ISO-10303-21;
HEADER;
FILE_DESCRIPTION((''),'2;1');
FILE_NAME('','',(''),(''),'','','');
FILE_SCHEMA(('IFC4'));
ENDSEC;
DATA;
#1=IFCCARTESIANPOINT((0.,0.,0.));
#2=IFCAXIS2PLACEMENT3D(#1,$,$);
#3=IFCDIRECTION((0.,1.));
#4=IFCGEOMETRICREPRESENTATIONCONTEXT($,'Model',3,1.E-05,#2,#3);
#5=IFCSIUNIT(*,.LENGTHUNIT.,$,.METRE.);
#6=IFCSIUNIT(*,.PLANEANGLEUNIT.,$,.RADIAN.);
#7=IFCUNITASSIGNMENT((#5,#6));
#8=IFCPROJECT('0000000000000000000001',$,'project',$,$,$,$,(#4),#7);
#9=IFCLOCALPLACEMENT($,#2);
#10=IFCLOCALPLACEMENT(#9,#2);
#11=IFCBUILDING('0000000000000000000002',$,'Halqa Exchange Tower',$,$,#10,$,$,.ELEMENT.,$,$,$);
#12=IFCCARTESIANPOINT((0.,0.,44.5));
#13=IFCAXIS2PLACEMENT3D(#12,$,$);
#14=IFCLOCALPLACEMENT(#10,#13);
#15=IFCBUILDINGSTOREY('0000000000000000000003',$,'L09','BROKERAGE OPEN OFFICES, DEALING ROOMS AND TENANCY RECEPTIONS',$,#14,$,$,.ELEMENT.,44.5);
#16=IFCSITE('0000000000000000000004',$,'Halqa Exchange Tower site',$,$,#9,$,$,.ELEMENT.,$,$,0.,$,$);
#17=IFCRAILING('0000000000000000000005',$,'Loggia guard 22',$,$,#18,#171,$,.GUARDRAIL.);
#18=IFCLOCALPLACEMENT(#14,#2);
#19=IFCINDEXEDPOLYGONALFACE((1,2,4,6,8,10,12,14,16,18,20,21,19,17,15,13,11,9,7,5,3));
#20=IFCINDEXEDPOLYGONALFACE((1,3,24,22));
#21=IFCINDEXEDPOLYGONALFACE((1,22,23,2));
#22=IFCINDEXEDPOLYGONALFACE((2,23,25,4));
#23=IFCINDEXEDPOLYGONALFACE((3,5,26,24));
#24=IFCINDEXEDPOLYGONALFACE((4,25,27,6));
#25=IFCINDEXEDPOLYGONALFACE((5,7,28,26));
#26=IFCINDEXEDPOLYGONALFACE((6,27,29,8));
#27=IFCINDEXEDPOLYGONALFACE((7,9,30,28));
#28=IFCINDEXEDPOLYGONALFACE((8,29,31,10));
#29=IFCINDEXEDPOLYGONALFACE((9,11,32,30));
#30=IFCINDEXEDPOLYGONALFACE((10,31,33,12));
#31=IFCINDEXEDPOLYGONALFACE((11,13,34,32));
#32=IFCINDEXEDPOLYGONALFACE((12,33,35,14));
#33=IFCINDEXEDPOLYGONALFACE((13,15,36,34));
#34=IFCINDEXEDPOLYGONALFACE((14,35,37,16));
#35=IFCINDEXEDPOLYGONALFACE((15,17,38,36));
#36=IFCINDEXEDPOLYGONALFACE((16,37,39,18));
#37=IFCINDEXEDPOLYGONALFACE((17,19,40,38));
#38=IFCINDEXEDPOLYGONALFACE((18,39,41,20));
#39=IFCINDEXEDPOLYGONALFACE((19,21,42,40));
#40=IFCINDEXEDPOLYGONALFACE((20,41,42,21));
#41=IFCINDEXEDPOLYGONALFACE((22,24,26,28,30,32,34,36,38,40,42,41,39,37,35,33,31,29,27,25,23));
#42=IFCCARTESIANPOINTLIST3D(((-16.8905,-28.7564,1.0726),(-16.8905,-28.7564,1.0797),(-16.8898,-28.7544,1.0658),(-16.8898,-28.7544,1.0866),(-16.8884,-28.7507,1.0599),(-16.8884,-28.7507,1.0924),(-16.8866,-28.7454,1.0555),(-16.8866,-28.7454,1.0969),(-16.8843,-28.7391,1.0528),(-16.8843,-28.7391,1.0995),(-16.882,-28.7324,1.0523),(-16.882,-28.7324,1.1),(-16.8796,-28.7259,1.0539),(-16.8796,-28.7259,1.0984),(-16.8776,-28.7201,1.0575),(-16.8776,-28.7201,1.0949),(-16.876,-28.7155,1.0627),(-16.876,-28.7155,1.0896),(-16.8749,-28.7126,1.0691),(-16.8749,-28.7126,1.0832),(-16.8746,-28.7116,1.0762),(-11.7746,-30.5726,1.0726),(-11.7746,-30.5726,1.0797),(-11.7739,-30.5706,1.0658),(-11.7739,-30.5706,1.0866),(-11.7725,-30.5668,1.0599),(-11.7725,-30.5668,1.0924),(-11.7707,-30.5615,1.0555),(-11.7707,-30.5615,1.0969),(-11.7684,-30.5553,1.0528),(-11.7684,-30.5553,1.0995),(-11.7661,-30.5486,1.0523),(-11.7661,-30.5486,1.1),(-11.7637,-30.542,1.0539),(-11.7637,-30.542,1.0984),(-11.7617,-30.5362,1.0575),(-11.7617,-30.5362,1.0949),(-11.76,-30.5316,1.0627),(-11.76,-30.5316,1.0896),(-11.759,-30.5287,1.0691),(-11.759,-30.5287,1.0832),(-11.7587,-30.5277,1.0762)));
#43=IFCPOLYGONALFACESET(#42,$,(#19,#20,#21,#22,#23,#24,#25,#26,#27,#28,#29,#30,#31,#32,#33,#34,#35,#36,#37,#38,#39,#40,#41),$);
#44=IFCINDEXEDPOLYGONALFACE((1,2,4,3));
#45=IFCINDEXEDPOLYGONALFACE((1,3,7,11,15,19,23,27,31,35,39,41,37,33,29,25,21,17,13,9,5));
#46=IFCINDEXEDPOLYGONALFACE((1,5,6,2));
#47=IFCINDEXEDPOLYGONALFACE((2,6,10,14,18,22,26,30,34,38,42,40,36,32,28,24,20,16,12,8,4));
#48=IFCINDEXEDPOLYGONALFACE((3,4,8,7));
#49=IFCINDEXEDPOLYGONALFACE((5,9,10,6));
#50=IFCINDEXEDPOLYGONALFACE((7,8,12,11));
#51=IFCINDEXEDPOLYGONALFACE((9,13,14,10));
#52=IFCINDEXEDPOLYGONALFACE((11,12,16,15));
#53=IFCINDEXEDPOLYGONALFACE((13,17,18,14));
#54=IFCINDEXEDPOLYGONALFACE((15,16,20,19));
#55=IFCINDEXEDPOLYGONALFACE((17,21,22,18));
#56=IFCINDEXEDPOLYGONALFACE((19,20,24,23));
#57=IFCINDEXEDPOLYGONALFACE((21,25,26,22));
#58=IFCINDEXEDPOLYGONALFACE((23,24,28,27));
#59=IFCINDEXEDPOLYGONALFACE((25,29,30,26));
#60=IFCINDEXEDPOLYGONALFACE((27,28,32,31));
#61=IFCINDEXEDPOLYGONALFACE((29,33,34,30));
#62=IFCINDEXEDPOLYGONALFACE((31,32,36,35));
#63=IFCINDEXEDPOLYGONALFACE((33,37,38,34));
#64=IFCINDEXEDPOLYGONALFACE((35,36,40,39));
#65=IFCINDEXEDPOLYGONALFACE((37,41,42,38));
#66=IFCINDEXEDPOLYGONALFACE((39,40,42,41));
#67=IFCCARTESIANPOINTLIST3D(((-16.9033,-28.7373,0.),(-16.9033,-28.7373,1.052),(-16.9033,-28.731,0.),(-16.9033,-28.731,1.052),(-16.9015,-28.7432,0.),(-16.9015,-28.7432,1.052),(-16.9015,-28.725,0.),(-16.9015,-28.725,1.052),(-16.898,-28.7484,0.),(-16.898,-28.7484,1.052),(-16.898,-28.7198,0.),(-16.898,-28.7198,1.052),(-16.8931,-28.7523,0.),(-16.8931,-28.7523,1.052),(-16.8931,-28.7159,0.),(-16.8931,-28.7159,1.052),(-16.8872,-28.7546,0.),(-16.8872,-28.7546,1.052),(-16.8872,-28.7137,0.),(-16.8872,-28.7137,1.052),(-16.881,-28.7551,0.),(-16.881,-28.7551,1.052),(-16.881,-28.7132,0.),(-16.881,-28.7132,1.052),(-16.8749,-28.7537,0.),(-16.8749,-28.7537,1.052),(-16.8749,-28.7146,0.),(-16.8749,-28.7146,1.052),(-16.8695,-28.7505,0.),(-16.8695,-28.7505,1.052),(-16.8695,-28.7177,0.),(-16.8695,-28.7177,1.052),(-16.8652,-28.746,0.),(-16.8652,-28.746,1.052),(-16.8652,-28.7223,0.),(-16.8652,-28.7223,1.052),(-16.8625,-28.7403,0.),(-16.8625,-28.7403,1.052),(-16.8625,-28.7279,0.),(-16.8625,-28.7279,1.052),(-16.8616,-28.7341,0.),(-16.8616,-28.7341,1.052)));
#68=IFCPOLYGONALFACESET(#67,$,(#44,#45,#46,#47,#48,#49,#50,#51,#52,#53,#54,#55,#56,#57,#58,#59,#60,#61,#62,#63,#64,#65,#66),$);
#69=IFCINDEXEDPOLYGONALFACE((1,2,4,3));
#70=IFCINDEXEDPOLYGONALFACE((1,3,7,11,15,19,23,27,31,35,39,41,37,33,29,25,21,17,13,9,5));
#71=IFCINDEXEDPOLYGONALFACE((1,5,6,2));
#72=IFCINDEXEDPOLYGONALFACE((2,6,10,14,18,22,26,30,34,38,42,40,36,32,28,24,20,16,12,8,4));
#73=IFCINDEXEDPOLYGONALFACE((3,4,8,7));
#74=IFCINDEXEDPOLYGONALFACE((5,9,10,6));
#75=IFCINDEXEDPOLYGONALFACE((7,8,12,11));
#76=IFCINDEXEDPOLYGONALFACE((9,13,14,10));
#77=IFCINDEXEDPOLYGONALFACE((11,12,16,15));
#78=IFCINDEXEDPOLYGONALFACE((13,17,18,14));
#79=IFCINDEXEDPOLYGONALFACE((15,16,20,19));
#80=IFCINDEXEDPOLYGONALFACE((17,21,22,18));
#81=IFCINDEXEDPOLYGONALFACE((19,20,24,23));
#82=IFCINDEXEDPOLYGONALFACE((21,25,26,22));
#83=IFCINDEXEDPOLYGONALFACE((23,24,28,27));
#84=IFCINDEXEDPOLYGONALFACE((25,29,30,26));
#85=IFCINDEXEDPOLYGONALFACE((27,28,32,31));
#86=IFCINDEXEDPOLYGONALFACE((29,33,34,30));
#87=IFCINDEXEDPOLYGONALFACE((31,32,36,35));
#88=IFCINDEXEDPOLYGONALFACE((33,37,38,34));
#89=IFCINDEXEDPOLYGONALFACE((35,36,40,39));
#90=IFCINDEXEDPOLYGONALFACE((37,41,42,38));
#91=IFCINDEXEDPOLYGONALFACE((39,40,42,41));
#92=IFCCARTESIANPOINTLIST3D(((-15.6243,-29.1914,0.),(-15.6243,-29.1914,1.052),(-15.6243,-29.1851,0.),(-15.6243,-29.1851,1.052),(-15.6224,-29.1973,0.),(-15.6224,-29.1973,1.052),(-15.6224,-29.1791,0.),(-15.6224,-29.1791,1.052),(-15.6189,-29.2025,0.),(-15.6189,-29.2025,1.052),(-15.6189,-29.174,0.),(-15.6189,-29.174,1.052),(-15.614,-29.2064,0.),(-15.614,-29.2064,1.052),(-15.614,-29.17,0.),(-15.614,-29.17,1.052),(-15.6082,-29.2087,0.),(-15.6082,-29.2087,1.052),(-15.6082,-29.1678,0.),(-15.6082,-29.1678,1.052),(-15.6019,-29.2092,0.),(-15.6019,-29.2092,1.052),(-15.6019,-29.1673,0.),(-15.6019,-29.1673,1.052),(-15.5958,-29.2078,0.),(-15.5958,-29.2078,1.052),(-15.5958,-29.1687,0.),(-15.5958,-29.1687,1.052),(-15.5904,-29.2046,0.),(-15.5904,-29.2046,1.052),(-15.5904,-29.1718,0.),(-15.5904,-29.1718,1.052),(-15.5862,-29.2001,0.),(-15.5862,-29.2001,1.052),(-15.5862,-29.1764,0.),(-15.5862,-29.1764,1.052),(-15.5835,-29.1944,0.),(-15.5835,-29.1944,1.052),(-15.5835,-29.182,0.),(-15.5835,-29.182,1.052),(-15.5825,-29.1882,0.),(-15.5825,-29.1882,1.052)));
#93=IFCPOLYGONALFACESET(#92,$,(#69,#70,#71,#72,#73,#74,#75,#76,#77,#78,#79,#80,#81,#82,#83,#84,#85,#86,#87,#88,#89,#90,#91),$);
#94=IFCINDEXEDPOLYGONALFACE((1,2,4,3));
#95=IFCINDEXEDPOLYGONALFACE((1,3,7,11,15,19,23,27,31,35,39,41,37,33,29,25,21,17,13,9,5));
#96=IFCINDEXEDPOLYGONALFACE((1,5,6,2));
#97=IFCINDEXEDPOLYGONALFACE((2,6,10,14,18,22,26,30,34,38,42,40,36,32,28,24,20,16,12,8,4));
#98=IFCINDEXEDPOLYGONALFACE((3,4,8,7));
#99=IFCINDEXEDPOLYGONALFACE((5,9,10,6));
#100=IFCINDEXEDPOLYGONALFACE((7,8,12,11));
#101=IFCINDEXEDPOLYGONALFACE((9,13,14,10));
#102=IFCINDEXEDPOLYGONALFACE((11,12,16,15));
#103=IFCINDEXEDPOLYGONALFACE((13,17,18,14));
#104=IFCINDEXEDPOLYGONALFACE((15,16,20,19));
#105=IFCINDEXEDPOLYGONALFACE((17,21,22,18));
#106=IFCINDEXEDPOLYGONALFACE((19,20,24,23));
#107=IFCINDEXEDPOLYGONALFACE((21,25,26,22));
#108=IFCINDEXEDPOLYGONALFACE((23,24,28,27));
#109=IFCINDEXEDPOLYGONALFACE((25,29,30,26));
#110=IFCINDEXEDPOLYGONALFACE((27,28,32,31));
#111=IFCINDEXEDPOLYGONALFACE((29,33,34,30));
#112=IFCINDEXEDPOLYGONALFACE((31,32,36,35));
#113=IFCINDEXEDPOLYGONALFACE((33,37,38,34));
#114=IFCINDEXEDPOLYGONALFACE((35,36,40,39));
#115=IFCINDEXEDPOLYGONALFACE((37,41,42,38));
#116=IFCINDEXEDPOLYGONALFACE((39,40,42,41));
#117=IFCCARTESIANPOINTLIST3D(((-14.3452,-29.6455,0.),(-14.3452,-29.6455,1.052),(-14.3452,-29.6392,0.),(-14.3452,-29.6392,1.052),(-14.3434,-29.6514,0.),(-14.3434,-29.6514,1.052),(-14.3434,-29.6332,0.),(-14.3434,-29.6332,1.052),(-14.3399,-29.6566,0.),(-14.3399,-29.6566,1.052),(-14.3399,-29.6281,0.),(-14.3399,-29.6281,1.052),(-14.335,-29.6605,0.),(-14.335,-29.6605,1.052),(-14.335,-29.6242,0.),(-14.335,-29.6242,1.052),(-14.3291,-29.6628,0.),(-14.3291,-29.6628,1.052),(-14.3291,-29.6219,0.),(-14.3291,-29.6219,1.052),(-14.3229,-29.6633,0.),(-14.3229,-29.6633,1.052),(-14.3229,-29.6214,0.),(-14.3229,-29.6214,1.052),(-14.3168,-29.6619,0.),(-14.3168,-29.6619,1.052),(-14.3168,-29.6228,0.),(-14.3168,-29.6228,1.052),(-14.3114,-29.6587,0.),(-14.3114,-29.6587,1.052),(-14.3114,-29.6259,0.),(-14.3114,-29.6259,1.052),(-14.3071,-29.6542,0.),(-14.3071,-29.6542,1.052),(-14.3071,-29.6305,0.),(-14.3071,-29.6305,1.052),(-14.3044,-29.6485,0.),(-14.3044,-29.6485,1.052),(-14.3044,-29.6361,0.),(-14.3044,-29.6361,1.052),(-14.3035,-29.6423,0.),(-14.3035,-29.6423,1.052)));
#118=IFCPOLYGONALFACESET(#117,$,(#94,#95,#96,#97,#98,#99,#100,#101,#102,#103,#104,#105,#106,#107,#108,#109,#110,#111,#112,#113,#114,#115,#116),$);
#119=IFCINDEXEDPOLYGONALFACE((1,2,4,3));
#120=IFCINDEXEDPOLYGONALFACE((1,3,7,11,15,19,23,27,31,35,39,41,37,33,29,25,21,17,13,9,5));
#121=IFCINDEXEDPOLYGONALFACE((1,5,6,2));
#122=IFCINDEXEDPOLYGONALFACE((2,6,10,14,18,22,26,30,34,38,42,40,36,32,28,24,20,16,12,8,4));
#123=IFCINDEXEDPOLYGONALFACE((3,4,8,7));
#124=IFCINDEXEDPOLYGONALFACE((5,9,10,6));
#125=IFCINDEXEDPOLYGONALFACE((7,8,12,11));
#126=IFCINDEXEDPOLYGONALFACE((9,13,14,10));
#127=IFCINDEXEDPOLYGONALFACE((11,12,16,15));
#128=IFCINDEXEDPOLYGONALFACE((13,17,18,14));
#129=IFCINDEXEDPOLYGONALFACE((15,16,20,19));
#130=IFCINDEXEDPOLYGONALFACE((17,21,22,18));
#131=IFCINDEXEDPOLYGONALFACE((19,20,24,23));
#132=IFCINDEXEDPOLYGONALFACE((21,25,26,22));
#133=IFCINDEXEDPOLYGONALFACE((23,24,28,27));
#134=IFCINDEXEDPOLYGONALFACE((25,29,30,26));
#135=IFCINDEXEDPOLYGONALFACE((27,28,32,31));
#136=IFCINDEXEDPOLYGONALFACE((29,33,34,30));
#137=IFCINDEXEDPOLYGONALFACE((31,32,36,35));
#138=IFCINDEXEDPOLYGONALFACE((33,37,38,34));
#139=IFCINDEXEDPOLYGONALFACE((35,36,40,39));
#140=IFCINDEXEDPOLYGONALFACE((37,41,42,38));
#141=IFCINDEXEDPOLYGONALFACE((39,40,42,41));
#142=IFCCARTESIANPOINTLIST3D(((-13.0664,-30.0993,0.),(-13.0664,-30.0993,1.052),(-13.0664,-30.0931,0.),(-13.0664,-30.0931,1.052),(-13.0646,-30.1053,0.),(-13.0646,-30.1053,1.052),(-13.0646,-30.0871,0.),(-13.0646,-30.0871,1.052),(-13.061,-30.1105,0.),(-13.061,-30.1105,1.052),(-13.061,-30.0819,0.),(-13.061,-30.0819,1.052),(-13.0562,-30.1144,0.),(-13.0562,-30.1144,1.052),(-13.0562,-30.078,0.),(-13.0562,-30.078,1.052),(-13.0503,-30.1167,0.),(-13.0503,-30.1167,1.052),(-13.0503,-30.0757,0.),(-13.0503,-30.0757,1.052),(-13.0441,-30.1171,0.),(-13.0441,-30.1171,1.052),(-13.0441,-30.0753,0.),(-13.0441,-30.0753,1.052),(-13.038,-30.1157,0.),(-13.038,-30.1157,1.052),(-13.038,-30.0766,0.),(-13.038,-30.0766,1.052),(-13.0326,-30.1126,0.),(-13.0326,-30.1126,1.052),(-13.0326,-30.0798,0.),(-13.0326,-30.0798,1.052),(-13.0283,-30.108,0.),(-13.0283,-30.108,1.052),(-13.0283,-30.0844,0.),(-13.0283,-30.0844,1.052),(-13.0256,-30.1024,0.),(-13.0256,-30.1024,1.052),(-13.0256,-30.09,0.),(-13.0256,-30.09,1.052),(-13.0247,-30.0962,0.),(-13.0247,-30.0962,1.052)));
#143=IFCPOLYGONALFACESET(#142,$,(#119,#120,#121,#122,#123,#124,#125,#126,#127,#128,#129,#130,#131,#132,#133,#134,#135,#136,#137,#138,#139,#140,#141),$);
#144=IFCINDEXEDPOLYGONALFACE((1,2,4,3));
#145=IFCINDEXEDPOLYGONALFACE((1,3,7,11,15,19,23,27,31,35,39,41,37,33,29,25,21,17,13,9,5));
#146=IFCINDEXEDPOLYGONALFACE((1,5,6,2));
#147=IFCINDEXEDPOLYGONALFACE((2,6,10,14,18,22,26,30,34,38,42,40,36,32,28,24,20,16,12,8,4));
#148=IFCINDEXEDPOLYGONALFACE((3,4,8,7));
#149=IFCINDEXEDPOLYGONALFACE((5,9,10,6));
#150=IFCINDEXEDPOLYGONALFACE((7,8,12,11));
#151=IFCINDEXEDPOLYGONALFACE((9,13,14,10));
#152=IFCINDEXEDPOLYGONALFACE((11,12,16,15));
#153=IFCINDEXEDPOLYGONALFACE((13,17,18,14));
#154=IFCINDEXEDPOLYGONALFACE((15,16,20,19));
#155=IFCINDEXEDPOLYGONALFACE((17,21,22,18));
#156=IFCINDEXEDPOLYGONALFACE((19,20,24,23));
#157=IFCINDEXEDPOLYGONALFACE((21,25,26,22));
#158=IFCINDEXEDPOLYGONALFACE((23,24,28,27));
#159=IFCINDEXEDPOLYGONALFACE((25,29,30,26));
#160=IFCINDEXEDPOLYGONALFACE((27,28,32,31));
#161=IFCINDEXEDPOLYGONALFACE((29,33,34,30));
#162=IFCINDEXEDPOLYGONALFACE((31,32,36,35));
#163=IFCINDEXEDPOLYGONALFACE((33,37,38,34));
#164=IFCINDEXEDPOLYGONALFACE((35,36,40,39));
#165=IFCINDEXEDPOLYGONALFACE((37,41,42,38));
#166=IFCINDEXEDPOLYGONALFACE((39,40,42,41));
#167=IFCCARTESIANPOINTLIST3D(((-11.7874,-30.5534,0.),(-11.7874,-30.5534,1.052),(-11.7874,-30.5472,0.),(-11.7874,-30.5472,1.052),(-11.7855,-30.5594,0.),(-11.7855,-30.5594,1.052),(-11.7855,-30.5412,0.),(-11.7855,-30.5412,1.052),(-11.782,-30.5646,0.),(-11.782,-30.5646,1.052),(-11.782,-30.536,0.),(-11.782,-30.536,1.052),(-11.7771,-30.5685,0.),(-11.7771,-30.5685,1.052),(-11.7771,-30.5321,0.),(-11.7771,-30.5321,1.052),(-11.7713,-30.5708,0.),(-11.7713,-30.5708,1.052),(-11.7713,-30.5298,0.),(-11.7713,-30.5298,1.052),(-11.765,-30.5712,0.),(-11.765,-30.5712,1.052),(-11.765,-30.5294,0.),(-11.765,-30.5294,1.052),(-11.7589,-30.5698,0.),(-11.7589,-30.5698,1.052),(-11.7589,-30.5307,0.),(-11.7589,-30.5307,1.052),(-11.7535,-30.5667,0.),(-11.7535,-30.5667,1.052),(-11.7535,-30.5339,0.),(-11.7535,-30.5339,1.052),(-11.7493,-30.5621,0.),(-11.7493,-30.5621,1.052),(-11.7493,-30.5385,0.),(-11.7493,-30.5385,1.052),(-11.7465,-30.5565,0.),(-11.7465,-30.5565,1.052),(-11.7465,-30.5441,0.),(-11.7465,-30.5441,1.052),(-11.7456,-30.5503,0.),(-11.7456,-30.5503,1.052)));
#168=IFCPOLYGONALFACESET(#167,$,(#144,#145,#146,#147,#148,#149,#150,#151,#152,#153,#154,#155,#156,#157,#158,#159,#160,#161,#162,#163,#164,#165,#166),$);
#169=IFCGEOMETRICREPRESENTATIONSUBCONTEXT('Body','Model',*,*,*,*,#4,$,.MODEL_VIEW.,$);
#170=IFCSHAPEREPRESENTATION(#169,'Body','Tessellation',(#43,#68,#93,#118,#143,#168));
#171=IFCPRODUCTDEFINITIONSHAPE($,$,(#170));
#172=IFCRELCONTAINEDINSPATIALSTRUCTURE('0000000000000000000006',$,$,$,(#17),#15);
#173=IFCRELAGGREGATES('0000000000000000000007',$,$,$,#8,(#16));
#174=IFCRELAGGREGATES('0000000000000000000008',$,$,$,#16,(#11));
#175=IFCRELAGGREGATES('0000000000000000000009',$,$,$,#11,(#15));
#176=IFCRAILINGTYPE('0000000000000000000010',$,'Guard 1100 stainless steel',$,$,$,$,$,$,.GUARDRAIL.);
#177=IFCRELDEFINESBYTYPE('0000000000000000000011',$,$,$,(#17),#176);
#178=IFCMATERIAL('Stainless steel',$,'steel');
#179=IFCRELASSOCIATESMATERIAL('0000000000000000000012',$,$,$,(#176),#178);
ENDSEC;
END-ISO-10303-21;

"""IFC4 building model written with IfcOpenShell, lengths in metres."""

from ifc_helpers import new_model, si_unit, direction, frame, origin, origin_2d, place, context, subcontext, project, spatial, circle, extrude, material, type_object, element, save


model = new_model("IFC4")

# Units and contexts
model_context = context("Model", 3, precision=1e-05, world=origin(), true_north=direction((0.0, 1.0)))
body_context = subcontext(model_context, "Body", "Model", "MODEL_VIEW")
ifc_project = project(units=[si_unit("LENGTHUNIT", "METRE"), si_unit("PLANEANGLEUNIT", "RADIAN")], contexts=[model_context])

# Site, building, storey
site_placement = place(None, origin())
site = spatial("IfcSite", under=ifc_project, at=site_placement, Name="Halqa Exchange Tower site", CompositionType="ELEMENT", RefElevation=0.0)
building_placement = place(site_placement, origin())
building = spatial("IfcBuilding", under=site, at=building_placement, Name="Halqa Exchange Tower", CompositionType="ELEMENT")
storey_placement = place(building_placement, frame((0.0, 0.0, 44.5)))
storey = spatial("IfcBuildingStorey", under=building, at=storey_placement, Name="L09", Description="BROKERAGE OPEN OFFICES, DEALING ROOMS AND TENANCY RECEPTIONS", CompositionType="ELEMENT", Elevation=44.5)

# Railing
ifc_material_1 = material(Name="Stainless steel", Category="steel")
railing_type = type_object("IfcRailingType", Name="Guard 1100 stainless steel", PredefinedType="GUARDRAIL", material=ifc_material_1)
railing_1_placement = place(storey_placement, frame((-16.8826, -28.7341, 0.0)))
element("IfcRailing", 1, at=railing_1_placement, inside=storey, type_object=railing_type, Name="Loggia guard 22", PredefinedType="GUARDRAIL", context=body_context, shape_type="SweptSolid", body=[
    extrude(circle(Radius=0.0239, at=origin_2d()), frame((0.0, 0.0, 1.0762), z_axis=(0.94238, -0.334544, 0.0), x_axis=(0.334544, 0.94238, 0.0)), (0.0, 0.0, 1.0), 5.4287),
    extrude(circle(Radius=0.021, at=origin_2d()), origin(), (0.0, 0.0, 1.0), 1.052),
    extrude(circle(Radius=0.021, at=origin_2d()), frame((1.2791, -0.4541, 0.0)), (0.0, 0.0, 1.0), 1.052),
    extrude(circle(Radius=0.021, at=origin_2d()), frame((2.5581, -0.9082, 0.0)), (0.0, 0.0, 1.0), 1.052),
    extrude(circle(Radius=0.021, at=origin_2d()), frame((3.8369, -1.3621, 0.0)), (0.0, 0.0, 1.0), 1.052),
    extrude(circle(Radius=0.021, at=origin_2d()), frame((5.116, -1.8162, 0.0)), (0.0, 0.0, 1.0), 1.052),
])

save(model, "model.ifc")
